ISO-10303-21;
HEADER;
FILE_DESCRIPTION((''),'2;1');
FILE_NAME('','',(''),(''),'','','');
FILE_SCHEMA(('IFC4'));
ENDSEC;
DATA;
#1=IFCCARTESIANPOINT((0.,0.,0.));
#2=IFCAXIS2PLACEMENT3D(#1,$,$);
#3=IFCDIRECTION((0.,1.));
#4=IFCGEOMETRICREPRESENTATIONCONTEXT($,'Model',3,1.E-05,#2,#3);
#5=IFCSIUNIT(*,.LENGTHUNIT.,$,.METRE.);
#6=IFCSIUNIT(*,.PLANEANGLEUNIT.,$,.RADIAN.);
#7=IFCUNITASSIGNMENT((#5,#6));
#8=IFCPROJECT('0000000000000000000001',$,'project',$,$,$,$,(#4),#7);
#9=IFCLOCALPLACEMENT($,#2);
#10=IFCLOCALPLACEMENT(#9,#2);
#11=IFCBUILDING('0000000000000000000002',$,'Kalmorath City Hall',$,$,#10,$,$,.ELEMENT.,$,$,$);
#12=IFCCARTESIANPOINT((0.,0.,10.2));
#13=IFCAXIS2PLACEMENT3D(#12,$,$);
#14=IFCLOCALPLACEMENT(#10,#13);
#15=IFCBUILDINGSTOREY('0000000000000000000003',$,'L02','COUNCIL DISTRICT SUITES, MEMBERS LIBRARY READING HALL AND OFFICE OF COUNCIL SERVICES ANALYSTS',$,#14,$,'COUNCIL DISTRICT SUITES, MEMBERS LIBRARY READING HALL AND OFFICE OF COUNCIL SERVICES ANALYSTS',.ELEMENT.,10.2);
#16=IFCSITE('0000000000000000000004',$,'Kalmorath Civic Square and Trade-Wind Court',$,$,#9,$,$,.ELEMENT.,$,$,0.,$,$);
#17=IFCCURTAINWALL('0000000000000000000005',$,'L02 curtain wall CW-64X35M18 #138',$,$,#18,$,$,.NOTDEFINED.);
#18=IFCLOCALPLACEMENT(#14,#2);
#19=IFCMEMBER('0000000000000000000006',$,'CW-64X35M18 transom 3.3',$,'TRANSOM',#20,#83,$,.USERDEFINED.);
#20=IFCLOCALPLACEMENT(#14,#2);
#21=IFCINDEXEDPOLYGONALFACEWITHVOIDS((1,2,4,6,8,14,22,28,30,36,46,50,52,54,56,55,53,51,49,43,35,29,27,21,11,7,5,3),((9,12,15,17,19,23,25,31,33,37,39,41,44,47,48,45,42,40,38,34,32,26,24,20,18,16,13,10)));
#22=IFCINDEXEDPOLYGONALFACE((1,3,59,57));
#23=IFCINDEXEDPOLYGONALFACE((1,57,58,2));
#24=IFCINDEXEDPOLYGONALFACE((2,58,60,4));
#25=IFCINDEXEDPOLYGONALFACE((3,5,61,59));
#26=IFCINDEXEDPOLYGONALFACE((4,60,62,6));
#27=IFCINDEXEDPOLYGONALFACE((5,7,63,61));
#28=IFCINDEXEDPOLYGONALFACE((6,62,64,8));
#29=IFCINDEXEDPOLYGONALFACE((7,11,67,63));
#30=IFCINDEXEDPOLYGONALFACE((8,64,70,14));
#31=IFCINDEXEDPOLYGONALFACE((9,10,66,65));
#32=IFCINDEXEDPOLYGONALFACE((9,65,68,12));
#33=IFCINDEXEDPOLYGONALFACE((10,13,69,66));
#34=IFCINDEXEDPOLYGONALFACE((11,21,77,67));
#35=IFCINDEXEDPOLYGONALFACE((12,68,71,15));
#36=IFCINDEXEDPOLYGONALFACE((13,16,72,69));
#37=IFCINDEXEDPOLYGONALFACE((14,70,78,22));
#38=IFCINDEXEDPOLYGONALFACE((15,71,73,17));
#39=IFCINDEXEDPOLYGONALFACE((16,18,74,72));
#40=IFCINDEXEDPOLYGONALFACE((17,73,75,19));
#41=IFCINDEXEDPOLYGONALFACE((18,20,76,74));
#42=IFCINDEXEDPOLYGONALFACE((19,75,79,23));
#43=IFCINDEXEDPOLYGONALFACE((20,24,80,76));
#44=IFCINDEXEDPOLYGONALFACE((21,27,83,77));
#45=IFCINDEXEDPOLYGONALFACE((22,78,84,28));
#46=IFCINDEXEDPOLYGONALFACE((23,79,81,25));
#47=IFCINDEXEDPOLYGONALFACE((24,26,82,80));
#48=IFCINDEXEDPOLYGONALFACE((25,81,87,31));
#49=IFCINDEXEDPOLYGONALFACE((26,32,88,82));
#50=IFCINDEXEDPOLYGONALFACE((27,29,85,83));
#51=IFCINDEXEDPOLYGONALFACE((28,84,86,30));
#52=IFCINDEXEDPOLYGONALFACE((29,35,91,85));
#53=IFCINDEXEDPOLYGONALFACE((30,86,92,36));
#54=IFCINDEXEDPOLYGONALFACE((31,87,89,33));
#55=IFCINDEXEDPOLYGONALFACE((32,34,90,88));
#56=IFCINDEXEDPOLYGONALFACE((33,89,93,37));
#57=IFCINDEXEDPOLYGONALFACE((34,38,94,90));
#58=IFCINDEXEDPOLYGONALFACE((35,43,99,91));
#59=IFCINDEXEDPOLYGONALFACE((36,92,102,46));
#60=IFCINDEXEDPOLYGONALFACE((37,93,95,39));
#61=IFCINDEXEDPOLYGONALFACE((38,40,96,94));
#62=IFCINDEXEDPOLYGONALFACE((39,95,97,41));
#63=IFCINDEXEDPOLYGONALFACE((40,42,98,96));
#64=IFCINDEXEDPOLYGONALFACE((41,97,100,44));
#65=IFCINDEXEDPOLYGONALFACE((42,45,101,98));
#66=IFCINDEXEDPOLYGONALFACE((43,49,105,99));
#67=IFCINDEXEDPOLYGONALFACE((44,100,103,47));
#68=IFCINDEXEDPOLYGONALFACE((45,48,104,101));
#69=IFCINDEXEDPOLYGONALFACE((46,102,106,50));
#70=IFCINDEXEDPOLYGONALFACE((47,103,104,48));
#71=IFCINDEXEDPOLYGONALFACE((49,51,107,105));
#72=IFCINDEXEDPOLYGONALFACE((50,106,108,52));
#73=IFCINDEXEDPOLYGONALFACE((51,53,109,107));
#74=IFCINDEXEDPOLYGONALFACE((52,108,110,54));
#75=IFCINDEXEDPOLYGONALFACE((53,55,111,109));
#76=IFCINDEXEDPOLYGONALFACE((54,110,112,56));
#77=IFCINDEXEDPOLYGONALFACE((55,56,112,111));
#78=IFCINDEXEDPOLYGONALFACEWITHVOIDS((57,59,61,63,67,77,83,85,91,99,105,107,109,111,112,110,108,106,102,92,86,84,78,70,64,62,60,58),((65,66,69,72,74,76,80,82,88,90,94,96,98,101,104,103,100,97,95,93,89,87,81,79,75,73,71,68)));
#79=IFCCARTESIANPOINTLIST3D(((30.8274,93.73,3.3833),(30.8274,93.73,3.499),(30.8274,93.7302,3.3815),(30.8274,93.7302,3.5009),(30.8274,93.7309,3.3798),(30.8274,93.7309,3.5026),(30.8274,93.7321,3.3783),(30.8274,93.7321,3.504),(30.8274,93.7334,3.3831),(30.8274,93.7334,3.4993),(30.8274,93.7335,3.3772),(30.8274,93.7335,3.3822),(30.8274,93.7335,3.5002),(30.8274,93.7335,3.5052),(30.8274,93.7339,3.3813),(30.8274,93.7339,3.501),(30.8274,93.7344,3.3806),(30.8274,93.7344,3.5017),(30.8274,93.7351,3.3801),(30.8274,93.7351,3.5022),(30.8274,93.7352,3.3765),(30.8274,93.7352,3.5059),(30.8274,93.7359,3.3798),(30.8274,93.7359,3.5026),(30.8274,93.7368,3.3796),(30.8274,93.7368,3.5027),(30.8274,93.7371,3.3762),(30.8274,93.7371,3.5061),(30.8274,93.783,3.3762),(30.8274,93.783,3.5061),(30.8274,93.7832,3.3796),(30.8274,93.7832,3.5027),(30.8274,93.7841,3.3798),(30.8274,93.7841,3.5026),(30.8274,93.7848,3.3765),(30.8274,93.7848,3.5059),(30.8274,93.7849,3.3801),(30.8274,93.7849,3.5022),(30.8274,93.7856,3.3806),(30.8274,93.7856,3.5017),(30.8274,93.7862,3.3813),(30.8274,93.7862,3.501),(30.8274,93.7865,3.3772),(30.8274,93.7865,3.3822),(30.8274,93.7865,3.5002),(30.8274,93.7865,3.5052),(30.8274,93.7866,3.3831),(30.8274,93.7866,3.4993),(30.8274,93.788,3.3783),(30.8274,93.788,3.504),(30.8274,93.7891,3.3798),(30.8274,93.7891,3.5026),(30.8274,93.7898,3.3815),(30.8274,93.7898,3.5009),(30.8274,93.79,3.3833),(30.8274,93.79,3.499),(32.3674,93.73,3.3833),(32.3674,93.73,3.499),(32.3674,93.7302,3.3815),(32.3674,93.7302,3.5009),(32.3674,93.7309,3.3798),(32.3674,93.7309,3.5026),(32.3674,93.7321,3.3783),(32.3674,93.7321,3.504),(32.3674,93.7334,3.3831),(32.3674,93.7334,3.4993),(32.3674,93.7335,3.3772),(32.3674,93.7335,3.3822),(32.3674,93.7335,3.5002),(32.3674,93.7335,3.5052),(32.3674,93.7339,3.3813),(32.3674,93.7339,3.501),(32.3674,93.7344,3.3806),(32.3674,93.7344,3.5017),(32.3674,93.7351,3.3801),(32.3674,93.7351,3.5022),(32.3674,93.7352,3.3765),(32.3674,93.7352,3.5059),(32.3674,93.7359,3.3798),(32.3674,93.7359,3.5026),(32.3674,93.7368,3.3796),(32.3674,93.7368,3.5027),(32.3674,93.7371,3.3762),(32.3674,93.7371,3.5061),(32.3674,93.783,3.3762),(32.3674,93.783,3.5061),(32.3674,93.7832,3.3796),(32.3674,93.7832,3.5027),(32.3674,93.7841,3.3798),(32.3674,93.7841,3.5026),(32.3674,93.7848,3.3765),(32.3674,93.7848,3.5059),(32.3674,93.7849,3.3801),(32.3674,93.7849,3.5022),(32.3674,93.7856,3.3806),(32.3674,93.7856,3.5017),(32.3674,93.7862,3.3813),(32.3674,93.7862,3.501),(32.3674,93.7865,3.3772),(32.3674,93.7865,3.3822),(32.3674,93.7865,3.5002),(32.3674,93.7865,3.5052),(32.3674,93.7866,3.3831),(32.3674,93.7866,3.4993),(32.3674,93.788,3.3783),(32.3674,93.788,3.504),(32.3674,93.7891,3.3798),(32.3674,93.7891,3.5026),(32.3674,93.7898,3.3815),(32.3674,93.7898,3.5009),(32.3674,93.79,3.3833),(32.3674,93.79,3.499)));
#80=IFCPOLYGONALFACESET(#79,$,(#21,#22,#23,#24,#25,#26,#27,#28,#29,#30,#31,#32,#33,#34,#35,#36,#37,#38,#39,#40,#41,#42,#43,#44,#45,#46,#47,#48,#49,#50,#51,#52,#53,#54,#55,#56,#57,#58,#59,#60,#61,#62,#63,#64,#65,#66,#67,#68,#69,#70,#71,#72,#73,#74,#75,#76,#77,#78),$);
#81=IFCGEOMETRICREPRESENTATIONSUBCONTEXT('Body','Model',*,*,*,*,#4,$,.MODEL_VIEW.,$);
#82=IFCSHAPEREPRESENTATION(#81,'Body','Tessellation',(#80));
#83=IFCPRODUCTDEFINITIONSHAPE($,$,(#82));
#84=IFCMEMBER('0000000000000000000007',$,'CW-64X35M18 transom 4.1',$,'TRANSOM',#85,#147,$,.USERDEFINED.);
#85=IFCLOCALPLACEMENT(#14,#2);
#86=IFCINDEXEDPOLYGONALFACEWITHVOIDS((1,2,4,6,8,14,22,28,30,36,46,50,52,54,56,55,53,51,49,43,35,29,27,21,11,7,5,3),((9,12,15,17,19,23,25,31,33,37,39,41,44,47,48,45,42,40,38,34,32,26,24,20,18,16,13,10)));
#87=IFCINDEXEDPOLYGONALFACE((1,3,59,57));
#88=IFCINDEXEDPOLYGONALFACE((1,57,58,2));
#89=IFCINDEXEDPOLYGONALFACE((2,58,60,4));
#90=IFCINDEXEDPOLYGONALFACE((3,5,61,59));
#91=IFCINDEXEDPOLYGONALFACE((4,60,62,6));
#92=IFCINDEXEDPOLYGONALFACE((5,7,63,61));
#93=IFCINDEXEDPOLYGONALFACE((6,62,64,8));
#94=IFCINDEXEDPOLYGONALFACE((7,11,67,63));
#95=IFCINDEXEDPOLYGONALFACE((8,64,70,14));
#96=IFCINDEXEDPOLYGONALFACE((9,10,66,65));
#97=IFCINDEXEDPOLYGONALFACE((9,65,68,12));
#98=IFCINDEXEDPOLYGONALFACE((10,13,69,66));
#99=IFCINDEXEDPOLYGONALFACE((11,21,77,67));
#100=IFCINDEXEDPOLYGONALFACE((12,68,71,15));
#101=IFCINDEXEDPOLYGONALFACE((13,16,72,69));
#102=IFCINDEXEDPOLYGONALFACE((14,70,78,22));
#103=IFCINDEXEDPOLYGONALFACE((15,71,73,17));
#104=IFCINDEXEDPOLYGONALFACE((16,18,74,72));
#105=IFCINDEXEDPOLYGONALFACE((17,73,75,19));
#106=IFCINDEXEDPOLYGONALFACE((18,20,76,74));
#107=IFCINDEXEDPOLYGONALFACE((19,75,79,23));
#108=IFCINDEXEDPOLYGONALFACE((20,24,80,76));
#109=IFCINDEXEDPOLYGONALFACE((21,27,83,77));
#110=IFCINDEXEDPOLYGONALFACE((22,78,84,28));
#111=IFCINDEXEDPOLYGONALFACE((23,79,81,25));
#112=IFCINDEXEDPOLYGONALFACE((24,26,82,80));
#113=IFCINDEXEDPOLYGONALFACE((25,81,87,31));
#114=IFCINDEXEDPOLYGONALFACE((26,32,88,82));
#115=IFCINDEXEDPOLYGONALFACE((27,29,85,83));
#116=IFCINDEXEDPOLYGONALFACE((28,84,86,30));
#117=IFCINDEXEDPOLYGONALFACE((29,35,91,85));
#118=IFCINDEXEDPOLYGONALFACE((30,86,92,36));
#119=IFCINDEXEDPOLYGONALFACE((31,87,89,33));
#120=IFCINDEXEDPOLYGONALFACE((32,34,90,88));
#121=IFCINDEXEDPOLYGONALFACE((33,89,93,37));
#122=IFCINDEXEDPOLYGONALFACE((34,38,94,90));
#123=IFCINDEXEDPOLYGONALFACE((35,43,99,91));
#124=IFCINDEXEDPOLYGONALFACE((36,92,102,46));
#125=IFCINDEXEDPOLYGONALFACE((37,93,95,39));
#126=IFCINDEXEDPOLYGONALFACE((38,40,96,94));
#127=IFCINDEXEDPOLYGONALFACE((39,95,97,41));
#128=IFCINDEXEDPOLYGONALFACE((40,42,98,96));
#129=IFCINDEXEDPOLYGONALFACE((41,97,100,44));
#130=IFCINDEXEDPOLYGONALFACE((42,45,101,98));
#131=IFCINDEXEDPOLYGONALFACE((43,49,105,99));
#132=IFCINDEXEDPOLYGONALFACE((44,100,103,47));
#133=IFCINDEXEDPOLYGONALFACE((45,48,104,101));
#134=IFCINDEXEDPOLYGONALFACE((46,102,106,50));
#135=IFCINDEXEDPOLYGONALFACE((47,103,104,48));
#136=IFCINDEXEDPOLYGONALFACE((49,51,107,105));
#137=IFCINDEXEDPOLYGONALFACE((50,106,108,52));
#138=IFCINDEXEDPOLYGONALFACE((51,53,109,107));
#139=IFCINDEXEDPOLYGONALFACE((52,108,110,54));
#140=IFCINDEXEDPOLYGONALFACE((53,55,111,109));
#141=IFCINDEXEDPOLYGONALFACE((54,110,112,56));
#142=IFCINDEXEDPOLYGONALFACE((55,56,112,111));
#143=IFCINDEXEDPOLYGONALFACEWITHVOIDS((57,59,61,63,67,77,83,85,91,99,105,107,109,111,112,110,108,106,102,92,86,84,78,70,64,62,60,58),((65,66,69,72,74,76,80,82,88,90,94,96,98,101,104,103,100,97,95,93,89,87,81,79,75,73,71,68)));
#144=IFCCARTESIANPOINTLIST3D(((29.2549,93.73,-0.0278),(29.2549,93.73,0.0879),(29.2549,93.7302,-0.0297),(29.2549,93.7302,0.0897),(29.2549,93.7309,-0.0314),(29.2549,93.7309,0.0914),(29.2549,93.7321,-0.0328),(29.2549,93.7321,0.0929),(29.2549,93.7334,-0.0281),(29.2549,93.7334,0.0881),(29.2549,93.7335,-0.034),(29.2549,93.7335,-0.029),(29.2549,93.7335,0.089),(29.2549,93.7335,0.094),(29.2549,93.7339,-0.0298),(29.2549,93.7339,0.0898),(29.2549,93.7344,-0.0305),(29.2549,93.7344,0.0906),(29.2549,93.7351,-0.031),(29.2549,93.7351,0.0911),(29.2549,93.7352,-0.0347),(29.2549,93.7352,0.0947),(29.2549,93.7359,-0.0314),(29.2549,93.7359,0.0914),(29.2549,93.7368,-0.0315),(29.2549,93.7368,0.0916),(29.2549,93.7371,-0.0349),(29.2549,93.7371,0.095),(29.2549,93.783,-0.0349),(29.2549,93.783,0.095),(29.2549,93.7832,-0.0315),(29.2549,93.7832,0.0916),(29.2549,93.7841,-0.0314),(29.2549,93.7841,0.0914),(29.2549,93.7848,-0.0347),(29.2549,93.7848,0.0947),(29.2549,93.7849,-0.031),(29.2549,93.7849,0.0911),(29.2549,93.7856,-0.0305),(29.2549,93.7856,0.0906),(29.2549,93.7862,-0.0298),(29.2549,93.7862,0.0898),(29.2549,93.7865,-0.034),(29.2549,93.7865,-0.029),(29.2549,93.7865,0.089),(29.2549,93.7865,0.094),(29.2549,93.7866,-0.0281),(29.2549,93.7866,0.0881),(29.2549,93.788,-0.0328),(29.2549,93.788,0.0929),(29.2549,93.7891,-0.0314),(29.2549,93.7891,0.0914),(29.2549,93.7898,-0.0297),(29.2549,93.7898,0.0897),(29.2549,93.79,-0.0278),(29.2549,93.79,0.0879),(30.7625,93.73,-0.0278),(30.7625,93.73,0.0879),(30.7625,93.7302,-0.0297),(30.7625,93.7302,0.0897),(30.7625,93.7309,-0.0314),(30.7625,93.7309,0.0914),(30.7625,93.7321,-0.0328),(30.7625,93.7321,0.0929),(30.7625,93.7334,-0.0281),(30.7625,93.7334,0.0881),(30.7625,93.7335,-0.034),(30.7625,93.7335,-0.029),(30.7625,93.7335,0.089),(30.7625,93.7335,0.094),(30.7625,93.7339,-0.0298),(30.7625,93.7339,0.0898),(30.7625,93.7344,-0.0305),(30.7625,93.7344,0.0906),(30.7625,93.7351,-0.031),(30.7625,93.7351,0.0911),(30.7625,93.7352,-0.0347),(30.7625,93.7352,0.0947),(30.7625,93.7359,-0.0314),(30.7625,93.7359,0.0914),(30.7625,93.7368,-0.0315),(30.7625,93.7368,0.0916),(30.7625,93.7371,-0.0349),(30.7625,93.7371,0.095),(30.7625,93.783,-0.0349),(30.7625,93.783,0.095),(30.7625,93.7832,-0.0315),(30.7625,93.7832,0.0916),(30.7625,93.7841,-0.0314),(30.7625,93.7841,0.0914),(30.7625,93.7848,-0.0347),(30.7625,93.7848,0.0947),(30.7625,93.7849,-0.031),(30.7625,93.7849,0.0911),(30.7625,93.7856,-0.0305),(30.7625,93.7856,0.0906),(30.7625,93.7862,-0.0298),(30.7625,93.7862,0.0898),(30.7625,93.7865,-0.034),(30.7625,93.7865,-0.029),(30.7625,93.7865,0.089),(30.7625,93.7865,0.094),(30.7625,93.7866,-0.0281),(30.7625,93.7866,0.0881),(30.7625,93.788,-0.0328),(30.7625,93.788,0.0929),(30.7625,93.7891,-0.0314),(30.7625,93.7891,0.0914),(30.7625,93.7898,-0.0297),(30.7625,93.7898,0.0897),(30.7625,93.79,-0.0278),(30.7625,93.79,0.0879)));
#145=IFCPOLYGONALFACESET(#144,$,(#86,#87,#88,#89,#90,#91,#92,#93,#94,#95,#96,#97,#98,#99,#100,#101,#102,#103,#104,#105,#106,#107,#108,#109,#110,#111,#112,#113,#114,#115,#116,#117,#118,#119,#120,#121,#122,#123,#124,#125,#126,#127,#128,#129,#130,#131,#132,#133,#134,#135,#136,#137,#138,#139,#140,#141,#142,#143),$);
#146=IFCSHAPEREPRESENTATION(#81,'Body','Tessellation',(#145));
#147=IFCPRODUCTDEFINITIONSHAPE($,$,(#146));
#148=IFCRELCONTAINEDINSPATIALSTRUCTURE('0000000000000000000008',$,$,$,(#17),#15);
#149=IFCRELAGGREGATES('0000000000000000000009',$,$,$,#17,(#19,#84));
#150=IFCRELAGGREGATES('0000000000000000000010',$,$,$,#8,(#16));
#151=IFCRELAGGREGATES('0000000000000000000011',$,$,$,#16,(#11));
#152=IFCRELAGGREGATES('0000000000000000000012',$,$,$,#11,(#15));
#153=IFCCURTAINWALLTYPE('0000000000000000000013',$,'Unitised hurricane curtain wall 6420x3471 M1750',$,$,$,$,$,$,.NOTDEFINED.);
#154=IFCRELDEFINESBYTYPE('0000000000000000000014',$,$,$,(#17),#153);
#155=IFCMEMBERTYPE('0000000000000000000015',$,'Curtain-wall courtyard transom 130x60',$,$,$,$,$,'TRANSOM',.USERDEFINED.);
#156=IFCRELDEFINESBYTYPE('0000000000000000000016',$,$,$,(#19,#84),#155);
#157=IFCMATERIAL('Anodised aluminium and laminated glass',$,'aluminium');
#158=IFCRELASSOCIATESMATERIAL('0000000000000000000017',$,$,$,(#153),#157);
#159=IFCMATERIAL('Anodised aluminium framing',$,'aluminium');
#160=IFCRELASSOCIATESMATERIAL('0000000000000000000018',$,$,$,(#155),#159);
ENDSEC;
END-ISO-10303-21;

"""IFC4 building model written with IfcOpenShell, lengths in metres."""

from ifc_helpers import new_model, si_unit, direction, frame, origin, origin_2d, place, context, subcontext, project, spatial, hollow_rectangle, extrude, material, material_profile, profile_set, type_object, element, aggregate, save


model = new_model("IFC4")

# Units and contexts
model_context = context("Model", 3, precision=1e-05, world=origin(), true_north=direction((0.0, 1.0)))
body_context = subcontext(model_context, "Body", "Model", "MODEL_VIEW")
ifc_project = project(units=[si_unit("LENGTHUNIT", "METRE"), si_unit("PLANEANGLEUNIT", "RADIAN")], contexts=[model_context])

# Site, building, storey
site_placement = place(None, origin())
site = spatial("IfcSite", under=ifc_project, at=site_placement, Name="Kalmorath Civic Square and Trade-Wind Court", CompositionType="ELEMENT", RefElevation=0.0)
building_placement = place(site_placement, origin())
building = spatial("IfcBuilding", under=site, at=building_placement, Name="Kalmorath City Hall", CompositionType="ELEMENT")
storey_placement = place(building_placement, frame((0.0, 0.0, 10.2)))
storey = spatial("IfcBuildingStorey", under=building, at=storey_placement, Name="L02", Description="COUNCIL DISTRICT SUITES, MEMBERS LIBRARY READING HALL AND OFFICE OF COUNCIL SERVICES ANALYSTS", LongName="COUNCIL DISTRICT SUITES, MEMBERS LIBRARY READING HALL AND OFFICE OF COUNCIL SERVICES ANALYSTS", CompositionType="ELEMENT", Elevation=10.2)

# Curtain wall, members
ifc_material_1 = material(Name="Anodised aluminium and laminated glass", Category="aluminium")
curtain_wall_type = type_object("IfcCurtainWallType", Name="Unitised hurricane curtain wall 6420x3471 M1750", PredefinedType="NOTDEFINED", material=ifc_material_1)
curtain_wall_placement = place(storey_placement, origin())
curtain_wall = element("IfcCurtainWall", 1, at=curtain_wall_placement, inside=storey, type_object=curtain_wall_type, Name="L02 curtain wall CW-64X35M18 #138", PredefinedType="NOTDEFINED")
ifc_material_2 = material(Name="Anodised aluminium framing", Category="aluminium")
ifc_material_profile_1 = material_profile(ifc_material_2, hollow_rectangle(XDim=0.0601, YDim=0.1299, WallThickness=0.0034, InnerFilletRadius=0.0034, OuterFilletRadius=0.0071, at=origin_2d()), Name="ALU-TRN-130X60X3.5")
ifc_profile_set_1 = profile_set([ifc_material_profile_1], Name="Anodised aluminium framing")
member_type_1 = type_object("IfcMemberType", Name="Curtain-wall courtyard transom 130x60", ElementType="TRANSOM", PredefinedType="USERDEFINED", material=ifc_profile_set_1)
member_1_placement = place(storey_placement, frame((32.3674, 93.76, 3.4412), z_axis=(-1.0, 0.0, 0.0), x_axis=(0.0, -1.0, 0.0)))
member_1 = element("IfcMember", 2, at=member_1_placement, type_object=member_type_1, Name="CW-64X35M18 transom 3.3", ObjectType="TRANSOM", PredefinedType="USERDEFINED", context=body_context, shape_type="SweptSolid", body=[
    extrude(hollow_rectangle(XDim=0.0601, YDim=0.1299, WallThickness=0.0034, InnerFilletRadius=0.0034, OuterFilletRadius=0.0071, at=origin_2d()), origin(), (0.0, 0.0, 1.0), 1.54),
])
member_2_placement = place(storey_placement, frame((30.7625, 93.76, 0.03), z_axis=(-1.0, 0.0, 0.0), x_axis=(0.0, -1.0, 0.0)))
member_2 = element("IfcMember", 3, at=member_2_placement, type_object=member_type_1, Name="CW-64X35M18 transom 4.1", ObjectType="TRANSOM", PredefinedType="USERDEFINED", context=body_context, shape_type="SweptSolid", body=[
    extrude(hollow_rectangle(XDim=0.0601, YDim=0.1299, WallThickness=0.0034, InnerFilletRadius=0.0034, OuterFilletRadius=0.0071, at=origin_2d()), origin(), (0.0, 0.0, 1.0), 1.5076),
])

aggregate(curtain_wall, [member_1, member_2])

save(model, "model.ifc")
